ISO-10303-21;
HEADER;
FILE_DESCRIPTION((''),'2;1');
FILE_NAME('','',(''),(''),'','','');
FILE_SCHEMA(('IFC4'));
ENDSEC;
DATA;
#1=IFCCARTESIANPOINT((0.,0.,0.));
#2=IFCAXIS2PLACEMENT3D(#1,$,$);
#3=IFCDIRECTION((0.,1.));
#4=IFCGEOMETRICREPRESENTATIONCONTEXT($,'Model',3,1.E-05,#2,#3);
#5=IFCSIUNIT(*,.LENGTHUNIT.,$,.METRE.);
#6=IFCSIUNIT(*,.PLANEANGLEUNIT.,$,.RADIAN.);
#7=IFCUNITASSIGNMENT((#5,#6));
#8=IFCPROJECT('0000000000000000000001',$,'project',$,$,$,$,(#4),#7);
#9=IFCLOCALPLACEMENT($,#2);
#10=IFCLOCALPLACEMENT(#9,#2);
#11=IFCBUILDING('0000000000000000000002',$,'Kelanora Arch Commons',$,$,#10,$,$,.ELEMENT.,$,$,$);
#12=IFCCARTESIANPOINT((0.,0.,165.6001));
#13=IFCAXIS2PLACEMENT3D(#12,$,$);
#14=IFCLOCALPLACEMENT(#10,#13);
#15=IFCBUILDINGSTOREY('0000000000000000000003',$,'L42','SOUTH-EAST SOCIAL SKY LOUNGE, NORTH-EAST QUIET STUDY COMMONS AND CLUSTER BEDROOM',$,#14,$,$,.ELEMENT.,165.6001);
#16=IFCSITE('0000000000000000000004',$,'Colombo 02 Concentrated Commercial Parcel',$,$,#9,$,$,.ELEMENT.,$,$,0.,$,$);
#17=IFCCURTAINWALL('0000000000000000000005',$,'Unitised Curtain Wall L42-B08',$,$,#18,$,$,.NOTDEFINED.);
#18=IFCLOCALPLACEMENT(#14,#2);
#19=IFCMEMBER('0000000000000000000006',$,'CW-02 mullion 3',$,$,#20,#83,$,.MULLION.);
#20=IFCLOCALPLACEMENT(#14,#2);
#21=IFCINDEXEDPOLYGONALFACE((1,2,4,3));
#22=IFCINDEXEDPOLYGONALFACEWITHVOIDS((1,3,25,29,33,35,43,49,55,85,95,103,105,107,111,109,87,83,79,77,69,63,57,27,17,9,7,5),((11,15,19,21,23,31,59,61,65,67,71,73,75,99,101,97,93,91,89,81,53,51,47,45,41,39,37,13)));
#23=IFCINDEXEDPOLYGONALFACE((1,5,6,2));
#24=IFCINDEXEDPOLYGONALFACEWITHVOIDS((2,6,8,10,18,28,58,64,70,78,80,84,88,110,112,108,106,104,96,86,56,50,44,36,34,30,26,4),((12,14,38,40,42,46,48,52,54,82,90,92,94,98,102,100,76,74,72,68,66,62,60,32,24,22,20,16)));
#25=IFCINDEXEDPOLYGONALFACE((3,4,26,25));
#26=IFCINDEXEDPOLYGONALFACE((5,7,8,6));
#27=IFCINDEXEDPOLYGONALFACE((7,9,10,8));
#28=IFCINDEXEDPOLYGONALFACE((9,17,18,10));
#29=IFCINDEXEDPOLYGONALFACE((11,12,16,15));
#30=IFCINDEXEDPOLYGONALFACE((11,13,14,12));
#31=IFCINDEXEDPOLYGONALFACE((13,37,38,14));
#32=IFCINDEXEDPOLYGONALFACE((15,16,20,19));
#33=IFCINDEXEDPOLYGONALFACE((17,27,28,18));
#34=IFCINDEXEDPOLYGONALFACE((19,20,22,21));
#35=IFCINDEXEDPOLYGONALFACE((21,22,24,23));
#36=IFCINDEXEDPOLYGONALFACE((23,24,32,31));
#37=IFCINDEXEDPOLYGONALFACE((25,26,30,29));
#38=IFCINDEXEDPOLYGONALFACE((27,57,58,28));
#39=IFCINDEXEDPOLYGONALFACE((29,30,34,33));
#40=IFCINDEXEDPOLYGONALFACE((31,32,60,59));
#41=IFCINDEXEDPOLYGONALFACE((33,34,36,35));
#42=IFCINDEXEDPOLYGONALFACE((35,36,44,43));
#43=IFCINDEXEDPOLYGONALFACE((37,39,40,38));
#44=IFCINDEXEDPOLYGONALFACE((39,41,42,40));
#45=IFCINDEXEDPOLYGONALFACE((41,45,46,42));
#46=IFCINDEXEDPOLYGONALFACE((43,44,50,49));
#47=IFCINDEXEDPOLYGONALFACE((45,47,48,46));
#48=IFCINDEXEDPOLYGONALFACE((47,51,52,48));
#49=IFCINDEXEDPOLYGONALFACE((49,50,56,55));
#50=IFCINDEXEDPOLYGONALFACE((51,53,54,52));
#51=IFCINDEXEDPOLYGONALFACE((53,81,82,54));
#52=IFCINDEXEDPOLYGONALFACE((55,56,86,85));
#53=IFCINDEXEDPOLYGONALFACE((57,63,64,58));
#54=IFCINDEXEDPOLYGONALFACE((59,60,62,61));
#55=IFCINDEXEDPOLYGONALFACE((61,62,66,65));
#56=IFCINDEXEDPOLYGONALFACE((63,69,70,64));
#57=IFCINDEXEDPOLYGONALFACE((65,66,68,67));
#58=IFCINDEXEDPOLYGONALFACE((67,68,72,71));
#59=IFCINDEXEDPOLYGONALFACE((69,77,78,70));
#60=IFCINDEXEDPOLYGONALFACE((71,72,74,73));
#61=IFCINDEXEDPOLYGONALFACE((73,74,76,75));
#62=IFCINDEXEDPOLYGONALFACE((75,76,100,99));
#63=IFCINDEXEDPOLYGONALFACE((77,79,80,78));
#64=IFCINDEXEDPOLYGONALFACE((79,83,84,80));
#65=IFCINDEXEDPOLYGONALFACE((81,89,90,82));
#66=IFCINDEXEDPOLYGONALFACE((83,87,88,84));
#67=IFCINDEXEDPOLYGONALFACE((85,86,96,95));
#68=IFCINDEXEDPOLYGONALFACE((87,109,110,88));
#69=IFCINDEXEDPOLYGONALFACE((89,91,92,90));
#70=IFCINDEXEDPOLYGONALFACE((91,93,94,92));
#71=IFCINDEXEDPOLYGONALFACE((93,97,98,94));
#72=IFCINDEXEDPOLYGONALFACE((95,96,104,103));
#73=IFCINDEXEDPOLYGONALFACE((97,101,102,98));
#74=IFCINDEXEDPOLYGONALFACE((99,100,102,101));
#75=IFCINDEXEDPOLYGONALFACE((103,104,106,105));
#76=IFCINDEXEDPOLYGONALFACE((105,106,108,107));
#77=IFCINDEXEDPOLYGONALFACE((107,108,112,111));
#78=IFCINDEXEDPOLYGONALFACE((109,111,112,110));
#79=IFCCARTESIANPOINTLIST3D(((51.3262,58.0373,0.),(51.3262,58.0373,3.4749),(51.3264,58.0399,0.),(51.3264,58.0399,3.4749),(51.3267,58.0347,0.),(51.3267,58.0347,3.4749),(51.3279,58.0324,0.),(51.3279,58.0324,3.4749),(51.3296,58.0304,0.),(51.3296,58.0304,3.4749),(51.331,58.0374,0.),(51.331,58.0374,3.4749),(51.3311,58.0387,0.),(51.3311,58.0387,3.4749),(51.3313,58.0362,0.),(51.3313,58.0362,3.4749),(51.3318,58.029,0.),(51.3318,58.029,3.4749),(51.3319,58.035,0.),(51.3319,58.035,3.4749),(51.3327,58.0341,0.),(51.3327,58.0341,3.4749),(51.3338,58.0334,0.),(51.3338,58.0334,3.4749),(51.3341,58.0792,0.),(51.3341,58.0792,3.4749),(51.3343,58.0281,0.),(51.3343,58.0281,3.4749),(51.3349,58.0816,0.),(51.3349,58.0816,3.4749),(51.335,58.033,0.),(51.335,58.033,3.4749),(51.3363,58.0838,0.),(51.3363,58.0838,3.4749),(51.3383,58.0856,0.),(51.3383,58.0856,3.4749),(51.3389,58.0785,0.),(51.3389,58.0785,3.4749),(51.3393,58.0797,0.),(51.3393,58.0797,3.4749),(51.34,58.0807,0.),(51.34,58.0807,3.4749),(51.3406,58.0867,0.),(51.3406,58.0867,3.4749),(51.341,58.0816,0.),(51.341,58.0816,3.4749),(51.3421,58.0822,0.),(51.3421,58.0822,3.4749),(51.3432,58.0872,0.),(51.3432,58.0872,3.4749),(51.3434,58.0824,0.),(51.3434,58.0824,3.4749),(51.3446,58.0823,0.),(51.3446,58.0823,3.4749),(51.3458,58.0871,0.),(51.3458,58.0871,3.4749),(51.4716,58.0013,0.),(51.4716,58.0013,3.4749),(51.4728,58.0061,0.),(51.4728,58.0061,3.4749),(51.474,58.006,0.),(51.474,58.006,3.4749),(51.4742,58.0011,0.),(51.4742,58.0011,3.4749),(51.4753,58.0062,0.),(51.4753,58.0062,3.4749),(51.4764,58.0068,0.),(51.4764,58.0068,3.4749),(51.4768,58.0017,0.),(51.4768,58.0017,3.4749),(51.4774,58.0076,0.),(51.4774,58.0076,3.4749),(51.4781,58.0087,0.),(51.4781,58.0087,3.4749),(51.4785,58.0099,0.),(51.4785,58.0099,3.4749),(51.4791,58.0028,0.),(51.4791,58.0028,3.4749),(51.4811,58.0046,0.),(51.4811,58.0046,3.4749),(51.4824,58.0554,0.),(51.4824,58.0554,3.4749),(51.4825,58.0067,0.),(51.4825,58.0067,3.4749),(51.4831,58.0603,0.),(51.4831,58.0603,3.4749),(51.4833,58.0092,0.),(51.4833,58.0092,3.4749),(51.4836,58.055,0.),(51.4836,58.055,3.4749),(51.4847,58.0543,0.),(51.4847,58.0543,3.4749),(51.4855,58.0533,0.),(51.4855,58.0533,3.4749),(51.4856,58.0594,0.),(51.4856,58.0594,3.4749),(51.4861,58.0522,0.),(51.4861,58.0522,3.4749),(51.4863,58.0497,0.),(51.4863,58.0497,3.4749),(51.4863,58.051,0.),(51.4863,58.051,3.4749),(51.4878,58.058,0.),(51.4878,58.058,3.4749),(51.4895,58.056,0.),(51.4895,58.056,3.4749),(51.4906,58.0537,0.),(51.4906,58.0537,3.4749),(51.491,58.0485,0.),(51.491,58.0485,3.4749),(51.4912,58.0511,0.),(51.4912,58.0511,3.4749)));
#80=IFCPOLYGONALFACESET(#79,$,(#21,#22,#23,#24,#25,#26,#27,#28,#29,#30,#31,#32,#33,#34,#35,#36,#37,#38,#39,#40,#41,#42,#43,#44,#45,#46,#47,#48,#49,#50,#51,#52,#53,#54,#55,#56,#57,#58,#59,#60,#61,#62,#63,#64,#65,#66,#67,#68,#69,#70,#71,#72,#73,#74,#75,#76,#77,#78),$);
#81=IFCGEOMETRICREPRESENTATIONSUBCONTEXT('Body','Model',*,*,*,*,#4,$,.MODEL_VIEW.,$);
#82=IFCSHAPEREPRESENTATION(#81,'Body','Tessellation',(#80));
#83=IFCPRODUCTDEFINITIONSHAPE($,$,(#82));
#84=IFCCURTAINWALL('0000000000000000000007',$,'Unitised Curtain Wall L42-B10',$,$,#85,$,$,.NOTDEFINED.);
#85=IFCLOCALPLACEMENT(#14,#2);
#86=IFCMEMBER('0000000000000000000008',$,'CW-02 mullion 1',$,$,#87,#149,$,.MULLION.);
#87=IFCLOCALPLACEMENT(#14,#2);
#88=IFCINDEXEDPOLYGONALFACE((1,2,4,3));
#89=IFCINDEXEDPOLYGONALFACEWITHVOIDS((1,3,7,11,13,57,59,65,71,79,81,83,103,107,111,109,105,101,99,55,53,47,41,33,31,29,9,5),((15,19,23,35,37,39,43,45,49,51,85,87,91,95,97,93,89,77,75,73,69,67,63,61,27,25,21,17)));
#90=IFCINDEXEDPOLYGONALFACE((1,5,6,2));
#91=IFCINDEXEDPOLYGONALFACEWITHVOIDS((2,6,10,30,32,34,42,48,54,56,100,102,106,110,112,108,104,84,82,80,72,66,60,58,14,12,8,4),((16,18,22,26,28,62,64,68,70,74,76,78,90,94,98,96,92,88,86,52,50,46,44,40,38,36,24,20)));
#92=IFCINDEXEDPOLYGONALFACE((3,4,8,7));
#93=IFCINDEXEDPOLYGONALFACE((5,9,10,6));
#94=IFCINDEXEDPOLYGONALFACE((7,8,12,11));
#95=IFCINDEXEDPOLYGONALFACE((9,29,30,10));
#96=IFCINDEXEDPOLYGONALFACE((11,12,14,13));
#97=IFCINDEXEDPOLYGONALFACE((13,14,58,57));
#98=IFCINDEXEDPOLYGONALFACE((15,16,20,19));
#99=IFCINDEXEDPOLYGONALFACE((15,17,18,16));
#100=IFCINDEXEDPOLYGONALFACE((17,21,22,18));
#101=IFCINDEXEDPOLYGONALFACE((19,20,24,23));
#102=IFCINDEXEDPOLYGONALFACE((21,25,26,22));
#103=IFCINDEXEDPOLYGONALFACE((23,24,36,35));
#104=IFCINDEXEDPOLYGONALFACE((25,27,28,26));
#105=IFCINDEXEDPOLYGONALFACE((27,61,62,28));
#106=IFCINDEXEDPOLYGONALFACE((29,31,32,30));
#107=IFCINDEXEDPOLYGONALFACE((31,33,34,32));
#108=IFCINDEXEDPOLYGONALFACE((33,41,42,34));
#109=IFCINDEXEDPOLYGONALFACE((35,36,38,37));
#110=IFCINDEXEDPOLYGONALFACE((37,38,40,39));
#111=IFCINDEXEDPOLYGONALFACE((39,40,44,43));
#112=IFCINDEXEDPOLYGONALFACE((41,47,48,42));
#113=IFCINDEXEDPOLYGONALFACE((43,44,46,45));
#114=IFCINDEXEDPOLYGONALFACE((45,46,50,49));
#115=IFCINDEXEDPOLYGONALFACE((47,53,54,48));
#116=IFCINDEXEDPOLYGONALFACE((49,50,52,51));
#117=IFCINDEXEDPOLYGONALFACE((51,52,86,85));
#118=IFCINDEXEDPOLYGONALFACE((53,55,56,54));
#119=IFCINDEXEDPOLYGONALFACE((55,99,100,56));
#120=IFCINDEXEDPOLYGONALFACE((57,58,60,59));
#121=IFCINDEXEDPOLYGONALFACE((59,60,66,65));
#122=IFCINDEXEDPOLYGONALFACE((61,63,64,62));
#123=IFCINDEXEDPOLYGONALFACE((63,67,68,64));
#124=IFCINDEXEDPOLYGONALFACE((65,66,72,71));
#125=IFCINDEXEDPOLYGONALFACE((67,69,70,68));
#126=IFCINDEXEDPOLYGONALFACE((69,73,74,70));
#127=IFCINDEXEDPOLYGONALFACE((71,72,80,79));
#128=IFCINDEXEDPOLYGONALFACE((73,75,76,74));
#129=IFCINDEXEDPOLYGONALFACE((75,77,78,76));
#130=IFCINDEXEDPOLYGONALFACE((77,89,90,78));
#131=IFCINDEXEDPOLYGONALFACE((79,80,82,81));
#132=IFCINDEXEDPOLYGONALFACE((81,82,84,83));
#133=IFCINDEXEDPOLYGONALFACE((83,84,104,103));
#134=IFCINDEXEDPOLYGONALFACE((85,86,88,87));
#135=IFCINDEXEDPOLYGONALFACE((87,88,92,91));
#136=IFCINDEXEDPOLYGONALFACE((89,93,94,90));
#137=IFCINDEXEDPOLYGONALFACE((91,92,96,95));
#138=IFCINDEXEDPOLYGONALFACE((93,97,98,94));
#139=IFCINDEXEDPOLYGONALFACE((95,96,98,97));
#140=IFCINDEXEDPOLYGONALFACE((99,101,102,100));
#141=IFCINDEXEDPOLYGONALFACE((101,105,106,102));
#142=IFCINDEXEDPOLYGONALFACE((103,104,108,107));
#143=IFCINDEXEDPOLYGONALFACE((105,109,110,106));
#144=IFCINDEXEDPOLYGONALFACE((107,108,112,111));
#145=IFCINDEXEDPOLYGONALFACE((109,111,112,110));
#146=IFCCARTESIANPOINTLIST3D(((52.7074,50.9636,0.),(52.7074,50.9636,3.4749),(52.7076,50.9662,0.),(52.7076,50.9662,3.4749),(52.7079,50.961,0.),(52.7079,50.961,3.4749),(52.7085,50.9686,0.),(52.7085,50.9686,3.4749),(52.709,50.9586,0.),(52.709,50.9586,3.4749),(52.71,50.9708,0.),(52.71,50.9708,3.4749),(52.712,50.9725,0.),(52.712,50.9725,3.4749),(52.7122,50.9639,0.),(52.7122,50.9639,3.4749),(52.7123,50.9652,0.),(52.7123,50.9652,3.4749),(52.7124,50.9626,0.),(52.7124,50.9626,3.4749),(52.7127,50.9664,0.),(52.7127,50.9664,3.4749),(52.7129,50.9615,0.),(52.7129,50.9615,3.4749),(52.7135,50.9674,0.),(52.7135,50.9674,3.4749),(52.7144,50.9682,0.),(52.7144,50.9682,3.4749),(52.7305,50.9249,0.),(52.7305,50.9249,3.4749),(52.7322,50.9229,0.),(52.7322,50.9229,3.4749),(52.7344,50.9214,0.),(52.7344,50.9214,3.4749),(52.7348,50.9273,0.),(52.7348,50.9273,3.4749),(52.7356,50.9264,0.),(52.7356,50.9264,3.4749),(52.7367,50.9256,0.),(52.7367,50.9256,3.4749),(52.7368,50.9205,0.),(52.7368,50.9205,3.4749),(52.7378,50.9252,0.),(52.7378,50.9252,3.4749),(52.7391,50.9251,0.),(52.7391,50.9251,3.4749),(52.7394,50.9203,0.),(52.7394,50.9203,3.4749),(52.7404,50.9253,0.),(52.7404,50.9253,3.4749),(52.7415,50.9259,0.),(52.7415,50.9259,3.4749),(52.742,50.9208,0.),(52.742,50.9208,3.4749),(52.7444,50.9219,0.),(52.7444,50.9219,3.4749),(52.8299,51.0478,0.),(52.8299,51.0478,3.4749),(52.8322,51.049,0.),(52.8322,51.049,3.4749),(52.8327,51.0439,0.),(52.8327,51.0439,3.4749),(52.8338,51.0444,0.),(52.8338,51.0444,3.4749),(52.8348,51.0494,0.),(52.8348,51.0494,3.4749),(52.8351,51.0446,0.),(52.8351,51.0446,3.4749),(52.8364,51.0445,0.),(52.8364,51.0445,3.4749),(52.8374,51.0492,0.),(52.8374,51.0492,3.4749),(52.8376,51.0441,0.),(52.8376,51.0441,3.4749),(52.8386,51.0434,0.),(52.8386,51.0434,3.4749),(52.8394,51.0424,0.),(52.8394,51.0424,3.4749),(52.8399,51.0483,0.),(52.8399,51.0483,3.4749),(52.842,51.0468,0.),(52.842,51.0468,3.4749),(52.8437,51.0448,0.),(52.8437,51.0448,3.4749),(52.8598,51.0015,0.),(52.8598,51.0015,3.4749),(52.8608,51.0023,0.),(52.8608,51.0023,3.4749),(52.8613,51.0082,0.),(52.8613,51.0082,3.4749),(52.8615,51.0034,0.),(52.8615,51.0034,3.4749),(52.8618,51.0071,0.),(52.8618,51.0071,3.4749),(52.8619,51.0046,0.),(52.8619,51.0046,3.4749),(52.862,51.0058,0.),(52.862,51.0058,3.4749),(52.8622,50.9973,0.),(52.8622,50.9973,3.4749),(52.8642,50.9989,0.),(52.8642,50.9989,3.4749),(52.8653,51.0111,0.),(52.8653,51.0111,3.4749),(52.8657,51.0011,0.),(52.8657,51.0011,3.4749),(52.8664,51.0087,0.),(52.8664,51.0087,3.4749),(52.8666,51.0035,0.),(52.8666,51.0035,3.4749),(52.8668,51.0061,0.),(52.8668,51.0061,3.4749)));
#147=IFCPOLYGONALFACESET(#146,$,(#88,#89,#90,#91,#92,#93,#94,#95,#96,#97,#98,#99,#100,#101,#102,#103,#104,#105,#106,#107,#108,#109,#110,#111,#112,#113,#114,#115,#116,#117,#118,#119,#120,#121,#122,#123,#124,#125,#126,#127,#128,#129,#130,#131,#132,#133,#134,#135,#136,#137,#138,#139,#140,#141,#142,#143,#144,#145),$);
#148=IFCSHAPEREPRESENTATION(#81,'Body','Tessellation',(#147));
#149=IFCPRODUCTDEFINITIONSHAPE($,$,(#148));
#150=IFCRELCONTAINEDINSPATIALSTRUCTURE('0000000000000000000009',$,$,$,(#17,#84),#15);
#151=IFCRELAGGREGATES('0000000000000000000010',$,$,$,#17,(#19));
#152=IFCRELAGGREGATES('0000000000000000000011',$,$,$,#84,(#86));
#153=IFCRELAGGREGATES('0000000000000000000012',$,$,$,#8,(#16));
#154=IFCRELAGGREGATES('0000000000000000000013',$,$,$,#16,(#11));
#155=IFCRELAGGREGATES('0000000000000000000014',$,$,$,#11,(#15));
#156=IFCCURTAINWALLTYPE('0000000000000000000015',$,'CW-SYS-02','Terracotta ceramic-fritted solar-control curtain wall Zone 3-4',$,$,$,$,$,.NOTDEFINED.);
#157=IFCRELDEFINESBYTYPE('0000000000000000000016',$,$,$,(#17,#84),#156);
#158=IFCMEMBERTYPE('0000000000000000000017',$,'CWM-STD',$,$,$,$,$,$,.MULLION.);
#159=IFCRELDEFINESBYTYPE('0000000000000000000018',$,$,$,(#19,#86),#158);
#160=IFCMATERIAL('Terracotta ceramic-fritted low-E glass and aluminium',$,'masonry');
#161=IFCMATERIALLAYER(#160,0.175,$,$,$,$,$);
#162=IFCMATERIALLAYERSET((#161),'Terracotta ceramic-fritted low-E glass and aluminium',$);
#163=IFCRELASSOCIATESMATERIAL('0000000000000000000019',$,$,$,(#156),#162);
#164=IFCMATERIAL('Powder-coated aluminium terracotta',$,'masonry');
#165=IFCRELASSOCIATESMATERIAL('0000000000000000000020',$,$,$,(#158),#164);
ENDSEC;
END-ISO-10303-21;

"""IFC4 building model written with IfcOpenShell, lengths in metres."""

from ifc_helpers import new_model, si_unit, direction, frame, origin, origin_2d, place, context, subcontext, project, spatial, hollow_rectangle, extrude, material, layer, layer_set, material_profile, profile_set, type_object, element, aggregate, save


model = new_model("IFC4")

# Units and contexts
model_context = context("Model", 3, precision=1e-05, world=origin(), true_north=direction((0.0, 1.0)))
body_context = subcontext(model_context, "Body", "Model", "MODEL_VIEW")
ifc_project = project(units=[si_unit("LENGTHUNIT", "METRE"), si_unit("PLANEANGLEUNIT", "RADIAN")], contexts=[model_context])

# Site, building, storey
site_placement = place(None, origin())
site = spatial("IfcSite", under=ifc_project, at=site_placement, Name="Colombo 02 Concentrated Commercial Parcel", CompositionType="ELEMENT", RefElevation=0.0)
building_placement = place(site_placement, origin())
building = spatial("IfcBuilding", under=site, at=building_placement, Name="Kelanora Arch Commons", CompositionType="ELEMENT")
storey_placement = place(building_placement, frame((0.0, 0.0, 165.6001)))
storey = spatial("IfcBuildingStorey", under=building, at=storey_placement, Name="L42", Description="SOUTH-EAST SOCIAL SKY LOUNGE, NORTH-EAST QUIET STUDY COMMONS AND CLUSTER BEDROOM", CompositionType="ELEMENT", Elevation=165.6001)

# Curtain wall, member
ifc_material_1 = material(Name="Terracotta ceramic-fritted low-E glass and aluminium", Category="masonry")
ifc_layer_1 = layer(ifc_material_1, 0.175)
ifc_layer_set_1 = layer_set([ifc_layer_1], Name="Terracotta ceramic-fritted low-E glass and aluminium")
curtain_wall_type = type_object("IfcCurtainWallType", Name="CW-SYS-02", Description="Terracotta ceramic-fritted solar-control curtain wall Zone 3-4", PredefinedType="NOTDEFINED", material=ifc_layer_set_1)
curtain_wall_1_placement = place(storey_placement, origin())
curtain_wall_1 = element("IfcCurtainWall", 1, at=curtain_wall_1_placement, inside=storey, type_object=curtain_wall_type, Name="Unitised Curtain Wall L42-B08", PredefinedType="NOTDEFINED")
ifc_material_2 = material(Name="Powder-coated aluminium terracotta", Category="masonry")
ifc_material_profile_1 = material_profile(ifc_material_2, hollow_rectangle(XDim=0.1599, YDim=0.0601, WallThickness=0.0049, InnerFilletRadius=0.0049, OuterFilletRadius=0.01, at=origin_2d()), Name="CWM160x60")
ifc_profile_set_1 = profile_set([ifc_material_profile_1], Name="Powder-coated aluminium terracotta")
member_type_1 = type_object("IfcMemberType", Name="CWM-STD", PredefinedType="MULLION", material=ifc_profile_set_1)
member_1_placement = place(storey_placement, frame((51.4087, 58.0442, 0.0), z_axis=(0.0, 0.0, 1.0), x_axis=(0.981453, -0.191705, 0.0)))
member_1 = element("IfcMember", 2, at=member_1_placement, type_object=member_type_1, Name="CW-02 mullion 3", PredefinedType="MULLION", context=body_context, shape_type="SweptSolid", body=[
    extrude(hollow_rectangle(XDim=0.1599, YDim=0.0601, WallThickness=0.0049, InnerFilletRadius=0.0049, OuterFilletRadius=0.01, at=origin_2d()), origin(), (0.0, 0.0, 1.0), 3.4749),
])
aggregate(curtain_wall_1, [member_1])

# Curtain wall, member
curtain_wall_2_placement = place(storey_placement, origin())
curtain_wall_2 = element("IfcCurtainWall", 3, at=curtain_wall_2_placement, inside=storey, type_object=curtain_wall_type, Name="Unitised Curtain Wall L42-B10", PredefinedType="NOTDEFINED")
member_2_placement = place(storey_placement, frame((52.7871, 50.9849, 0.0), z_axis=(0.0, 0.0, 1.0), x_axis=(0.842423, 0.538817, 0.0)))
member_2 = element("IfcMember", 4, at=member_2_placement, type_object=member_type_1, Name="CW-02 mullion 1", PredefinedType="MULLION", context=body_context, shape_type="SweptSolid", body=[
    extrude(hollow_rectangle(XDim=0.1599, YDim=0.0601, WallThickness=0.0049, InnerFilletRadius=0.0049, OuterFilletRadius=0.01, at=origin_2d()), origin(), (0.0, 0.0, 1.0), 3.4749),
])

aggregate(curtain_wall_2, [member_2])

save(model, "model.ifc")
